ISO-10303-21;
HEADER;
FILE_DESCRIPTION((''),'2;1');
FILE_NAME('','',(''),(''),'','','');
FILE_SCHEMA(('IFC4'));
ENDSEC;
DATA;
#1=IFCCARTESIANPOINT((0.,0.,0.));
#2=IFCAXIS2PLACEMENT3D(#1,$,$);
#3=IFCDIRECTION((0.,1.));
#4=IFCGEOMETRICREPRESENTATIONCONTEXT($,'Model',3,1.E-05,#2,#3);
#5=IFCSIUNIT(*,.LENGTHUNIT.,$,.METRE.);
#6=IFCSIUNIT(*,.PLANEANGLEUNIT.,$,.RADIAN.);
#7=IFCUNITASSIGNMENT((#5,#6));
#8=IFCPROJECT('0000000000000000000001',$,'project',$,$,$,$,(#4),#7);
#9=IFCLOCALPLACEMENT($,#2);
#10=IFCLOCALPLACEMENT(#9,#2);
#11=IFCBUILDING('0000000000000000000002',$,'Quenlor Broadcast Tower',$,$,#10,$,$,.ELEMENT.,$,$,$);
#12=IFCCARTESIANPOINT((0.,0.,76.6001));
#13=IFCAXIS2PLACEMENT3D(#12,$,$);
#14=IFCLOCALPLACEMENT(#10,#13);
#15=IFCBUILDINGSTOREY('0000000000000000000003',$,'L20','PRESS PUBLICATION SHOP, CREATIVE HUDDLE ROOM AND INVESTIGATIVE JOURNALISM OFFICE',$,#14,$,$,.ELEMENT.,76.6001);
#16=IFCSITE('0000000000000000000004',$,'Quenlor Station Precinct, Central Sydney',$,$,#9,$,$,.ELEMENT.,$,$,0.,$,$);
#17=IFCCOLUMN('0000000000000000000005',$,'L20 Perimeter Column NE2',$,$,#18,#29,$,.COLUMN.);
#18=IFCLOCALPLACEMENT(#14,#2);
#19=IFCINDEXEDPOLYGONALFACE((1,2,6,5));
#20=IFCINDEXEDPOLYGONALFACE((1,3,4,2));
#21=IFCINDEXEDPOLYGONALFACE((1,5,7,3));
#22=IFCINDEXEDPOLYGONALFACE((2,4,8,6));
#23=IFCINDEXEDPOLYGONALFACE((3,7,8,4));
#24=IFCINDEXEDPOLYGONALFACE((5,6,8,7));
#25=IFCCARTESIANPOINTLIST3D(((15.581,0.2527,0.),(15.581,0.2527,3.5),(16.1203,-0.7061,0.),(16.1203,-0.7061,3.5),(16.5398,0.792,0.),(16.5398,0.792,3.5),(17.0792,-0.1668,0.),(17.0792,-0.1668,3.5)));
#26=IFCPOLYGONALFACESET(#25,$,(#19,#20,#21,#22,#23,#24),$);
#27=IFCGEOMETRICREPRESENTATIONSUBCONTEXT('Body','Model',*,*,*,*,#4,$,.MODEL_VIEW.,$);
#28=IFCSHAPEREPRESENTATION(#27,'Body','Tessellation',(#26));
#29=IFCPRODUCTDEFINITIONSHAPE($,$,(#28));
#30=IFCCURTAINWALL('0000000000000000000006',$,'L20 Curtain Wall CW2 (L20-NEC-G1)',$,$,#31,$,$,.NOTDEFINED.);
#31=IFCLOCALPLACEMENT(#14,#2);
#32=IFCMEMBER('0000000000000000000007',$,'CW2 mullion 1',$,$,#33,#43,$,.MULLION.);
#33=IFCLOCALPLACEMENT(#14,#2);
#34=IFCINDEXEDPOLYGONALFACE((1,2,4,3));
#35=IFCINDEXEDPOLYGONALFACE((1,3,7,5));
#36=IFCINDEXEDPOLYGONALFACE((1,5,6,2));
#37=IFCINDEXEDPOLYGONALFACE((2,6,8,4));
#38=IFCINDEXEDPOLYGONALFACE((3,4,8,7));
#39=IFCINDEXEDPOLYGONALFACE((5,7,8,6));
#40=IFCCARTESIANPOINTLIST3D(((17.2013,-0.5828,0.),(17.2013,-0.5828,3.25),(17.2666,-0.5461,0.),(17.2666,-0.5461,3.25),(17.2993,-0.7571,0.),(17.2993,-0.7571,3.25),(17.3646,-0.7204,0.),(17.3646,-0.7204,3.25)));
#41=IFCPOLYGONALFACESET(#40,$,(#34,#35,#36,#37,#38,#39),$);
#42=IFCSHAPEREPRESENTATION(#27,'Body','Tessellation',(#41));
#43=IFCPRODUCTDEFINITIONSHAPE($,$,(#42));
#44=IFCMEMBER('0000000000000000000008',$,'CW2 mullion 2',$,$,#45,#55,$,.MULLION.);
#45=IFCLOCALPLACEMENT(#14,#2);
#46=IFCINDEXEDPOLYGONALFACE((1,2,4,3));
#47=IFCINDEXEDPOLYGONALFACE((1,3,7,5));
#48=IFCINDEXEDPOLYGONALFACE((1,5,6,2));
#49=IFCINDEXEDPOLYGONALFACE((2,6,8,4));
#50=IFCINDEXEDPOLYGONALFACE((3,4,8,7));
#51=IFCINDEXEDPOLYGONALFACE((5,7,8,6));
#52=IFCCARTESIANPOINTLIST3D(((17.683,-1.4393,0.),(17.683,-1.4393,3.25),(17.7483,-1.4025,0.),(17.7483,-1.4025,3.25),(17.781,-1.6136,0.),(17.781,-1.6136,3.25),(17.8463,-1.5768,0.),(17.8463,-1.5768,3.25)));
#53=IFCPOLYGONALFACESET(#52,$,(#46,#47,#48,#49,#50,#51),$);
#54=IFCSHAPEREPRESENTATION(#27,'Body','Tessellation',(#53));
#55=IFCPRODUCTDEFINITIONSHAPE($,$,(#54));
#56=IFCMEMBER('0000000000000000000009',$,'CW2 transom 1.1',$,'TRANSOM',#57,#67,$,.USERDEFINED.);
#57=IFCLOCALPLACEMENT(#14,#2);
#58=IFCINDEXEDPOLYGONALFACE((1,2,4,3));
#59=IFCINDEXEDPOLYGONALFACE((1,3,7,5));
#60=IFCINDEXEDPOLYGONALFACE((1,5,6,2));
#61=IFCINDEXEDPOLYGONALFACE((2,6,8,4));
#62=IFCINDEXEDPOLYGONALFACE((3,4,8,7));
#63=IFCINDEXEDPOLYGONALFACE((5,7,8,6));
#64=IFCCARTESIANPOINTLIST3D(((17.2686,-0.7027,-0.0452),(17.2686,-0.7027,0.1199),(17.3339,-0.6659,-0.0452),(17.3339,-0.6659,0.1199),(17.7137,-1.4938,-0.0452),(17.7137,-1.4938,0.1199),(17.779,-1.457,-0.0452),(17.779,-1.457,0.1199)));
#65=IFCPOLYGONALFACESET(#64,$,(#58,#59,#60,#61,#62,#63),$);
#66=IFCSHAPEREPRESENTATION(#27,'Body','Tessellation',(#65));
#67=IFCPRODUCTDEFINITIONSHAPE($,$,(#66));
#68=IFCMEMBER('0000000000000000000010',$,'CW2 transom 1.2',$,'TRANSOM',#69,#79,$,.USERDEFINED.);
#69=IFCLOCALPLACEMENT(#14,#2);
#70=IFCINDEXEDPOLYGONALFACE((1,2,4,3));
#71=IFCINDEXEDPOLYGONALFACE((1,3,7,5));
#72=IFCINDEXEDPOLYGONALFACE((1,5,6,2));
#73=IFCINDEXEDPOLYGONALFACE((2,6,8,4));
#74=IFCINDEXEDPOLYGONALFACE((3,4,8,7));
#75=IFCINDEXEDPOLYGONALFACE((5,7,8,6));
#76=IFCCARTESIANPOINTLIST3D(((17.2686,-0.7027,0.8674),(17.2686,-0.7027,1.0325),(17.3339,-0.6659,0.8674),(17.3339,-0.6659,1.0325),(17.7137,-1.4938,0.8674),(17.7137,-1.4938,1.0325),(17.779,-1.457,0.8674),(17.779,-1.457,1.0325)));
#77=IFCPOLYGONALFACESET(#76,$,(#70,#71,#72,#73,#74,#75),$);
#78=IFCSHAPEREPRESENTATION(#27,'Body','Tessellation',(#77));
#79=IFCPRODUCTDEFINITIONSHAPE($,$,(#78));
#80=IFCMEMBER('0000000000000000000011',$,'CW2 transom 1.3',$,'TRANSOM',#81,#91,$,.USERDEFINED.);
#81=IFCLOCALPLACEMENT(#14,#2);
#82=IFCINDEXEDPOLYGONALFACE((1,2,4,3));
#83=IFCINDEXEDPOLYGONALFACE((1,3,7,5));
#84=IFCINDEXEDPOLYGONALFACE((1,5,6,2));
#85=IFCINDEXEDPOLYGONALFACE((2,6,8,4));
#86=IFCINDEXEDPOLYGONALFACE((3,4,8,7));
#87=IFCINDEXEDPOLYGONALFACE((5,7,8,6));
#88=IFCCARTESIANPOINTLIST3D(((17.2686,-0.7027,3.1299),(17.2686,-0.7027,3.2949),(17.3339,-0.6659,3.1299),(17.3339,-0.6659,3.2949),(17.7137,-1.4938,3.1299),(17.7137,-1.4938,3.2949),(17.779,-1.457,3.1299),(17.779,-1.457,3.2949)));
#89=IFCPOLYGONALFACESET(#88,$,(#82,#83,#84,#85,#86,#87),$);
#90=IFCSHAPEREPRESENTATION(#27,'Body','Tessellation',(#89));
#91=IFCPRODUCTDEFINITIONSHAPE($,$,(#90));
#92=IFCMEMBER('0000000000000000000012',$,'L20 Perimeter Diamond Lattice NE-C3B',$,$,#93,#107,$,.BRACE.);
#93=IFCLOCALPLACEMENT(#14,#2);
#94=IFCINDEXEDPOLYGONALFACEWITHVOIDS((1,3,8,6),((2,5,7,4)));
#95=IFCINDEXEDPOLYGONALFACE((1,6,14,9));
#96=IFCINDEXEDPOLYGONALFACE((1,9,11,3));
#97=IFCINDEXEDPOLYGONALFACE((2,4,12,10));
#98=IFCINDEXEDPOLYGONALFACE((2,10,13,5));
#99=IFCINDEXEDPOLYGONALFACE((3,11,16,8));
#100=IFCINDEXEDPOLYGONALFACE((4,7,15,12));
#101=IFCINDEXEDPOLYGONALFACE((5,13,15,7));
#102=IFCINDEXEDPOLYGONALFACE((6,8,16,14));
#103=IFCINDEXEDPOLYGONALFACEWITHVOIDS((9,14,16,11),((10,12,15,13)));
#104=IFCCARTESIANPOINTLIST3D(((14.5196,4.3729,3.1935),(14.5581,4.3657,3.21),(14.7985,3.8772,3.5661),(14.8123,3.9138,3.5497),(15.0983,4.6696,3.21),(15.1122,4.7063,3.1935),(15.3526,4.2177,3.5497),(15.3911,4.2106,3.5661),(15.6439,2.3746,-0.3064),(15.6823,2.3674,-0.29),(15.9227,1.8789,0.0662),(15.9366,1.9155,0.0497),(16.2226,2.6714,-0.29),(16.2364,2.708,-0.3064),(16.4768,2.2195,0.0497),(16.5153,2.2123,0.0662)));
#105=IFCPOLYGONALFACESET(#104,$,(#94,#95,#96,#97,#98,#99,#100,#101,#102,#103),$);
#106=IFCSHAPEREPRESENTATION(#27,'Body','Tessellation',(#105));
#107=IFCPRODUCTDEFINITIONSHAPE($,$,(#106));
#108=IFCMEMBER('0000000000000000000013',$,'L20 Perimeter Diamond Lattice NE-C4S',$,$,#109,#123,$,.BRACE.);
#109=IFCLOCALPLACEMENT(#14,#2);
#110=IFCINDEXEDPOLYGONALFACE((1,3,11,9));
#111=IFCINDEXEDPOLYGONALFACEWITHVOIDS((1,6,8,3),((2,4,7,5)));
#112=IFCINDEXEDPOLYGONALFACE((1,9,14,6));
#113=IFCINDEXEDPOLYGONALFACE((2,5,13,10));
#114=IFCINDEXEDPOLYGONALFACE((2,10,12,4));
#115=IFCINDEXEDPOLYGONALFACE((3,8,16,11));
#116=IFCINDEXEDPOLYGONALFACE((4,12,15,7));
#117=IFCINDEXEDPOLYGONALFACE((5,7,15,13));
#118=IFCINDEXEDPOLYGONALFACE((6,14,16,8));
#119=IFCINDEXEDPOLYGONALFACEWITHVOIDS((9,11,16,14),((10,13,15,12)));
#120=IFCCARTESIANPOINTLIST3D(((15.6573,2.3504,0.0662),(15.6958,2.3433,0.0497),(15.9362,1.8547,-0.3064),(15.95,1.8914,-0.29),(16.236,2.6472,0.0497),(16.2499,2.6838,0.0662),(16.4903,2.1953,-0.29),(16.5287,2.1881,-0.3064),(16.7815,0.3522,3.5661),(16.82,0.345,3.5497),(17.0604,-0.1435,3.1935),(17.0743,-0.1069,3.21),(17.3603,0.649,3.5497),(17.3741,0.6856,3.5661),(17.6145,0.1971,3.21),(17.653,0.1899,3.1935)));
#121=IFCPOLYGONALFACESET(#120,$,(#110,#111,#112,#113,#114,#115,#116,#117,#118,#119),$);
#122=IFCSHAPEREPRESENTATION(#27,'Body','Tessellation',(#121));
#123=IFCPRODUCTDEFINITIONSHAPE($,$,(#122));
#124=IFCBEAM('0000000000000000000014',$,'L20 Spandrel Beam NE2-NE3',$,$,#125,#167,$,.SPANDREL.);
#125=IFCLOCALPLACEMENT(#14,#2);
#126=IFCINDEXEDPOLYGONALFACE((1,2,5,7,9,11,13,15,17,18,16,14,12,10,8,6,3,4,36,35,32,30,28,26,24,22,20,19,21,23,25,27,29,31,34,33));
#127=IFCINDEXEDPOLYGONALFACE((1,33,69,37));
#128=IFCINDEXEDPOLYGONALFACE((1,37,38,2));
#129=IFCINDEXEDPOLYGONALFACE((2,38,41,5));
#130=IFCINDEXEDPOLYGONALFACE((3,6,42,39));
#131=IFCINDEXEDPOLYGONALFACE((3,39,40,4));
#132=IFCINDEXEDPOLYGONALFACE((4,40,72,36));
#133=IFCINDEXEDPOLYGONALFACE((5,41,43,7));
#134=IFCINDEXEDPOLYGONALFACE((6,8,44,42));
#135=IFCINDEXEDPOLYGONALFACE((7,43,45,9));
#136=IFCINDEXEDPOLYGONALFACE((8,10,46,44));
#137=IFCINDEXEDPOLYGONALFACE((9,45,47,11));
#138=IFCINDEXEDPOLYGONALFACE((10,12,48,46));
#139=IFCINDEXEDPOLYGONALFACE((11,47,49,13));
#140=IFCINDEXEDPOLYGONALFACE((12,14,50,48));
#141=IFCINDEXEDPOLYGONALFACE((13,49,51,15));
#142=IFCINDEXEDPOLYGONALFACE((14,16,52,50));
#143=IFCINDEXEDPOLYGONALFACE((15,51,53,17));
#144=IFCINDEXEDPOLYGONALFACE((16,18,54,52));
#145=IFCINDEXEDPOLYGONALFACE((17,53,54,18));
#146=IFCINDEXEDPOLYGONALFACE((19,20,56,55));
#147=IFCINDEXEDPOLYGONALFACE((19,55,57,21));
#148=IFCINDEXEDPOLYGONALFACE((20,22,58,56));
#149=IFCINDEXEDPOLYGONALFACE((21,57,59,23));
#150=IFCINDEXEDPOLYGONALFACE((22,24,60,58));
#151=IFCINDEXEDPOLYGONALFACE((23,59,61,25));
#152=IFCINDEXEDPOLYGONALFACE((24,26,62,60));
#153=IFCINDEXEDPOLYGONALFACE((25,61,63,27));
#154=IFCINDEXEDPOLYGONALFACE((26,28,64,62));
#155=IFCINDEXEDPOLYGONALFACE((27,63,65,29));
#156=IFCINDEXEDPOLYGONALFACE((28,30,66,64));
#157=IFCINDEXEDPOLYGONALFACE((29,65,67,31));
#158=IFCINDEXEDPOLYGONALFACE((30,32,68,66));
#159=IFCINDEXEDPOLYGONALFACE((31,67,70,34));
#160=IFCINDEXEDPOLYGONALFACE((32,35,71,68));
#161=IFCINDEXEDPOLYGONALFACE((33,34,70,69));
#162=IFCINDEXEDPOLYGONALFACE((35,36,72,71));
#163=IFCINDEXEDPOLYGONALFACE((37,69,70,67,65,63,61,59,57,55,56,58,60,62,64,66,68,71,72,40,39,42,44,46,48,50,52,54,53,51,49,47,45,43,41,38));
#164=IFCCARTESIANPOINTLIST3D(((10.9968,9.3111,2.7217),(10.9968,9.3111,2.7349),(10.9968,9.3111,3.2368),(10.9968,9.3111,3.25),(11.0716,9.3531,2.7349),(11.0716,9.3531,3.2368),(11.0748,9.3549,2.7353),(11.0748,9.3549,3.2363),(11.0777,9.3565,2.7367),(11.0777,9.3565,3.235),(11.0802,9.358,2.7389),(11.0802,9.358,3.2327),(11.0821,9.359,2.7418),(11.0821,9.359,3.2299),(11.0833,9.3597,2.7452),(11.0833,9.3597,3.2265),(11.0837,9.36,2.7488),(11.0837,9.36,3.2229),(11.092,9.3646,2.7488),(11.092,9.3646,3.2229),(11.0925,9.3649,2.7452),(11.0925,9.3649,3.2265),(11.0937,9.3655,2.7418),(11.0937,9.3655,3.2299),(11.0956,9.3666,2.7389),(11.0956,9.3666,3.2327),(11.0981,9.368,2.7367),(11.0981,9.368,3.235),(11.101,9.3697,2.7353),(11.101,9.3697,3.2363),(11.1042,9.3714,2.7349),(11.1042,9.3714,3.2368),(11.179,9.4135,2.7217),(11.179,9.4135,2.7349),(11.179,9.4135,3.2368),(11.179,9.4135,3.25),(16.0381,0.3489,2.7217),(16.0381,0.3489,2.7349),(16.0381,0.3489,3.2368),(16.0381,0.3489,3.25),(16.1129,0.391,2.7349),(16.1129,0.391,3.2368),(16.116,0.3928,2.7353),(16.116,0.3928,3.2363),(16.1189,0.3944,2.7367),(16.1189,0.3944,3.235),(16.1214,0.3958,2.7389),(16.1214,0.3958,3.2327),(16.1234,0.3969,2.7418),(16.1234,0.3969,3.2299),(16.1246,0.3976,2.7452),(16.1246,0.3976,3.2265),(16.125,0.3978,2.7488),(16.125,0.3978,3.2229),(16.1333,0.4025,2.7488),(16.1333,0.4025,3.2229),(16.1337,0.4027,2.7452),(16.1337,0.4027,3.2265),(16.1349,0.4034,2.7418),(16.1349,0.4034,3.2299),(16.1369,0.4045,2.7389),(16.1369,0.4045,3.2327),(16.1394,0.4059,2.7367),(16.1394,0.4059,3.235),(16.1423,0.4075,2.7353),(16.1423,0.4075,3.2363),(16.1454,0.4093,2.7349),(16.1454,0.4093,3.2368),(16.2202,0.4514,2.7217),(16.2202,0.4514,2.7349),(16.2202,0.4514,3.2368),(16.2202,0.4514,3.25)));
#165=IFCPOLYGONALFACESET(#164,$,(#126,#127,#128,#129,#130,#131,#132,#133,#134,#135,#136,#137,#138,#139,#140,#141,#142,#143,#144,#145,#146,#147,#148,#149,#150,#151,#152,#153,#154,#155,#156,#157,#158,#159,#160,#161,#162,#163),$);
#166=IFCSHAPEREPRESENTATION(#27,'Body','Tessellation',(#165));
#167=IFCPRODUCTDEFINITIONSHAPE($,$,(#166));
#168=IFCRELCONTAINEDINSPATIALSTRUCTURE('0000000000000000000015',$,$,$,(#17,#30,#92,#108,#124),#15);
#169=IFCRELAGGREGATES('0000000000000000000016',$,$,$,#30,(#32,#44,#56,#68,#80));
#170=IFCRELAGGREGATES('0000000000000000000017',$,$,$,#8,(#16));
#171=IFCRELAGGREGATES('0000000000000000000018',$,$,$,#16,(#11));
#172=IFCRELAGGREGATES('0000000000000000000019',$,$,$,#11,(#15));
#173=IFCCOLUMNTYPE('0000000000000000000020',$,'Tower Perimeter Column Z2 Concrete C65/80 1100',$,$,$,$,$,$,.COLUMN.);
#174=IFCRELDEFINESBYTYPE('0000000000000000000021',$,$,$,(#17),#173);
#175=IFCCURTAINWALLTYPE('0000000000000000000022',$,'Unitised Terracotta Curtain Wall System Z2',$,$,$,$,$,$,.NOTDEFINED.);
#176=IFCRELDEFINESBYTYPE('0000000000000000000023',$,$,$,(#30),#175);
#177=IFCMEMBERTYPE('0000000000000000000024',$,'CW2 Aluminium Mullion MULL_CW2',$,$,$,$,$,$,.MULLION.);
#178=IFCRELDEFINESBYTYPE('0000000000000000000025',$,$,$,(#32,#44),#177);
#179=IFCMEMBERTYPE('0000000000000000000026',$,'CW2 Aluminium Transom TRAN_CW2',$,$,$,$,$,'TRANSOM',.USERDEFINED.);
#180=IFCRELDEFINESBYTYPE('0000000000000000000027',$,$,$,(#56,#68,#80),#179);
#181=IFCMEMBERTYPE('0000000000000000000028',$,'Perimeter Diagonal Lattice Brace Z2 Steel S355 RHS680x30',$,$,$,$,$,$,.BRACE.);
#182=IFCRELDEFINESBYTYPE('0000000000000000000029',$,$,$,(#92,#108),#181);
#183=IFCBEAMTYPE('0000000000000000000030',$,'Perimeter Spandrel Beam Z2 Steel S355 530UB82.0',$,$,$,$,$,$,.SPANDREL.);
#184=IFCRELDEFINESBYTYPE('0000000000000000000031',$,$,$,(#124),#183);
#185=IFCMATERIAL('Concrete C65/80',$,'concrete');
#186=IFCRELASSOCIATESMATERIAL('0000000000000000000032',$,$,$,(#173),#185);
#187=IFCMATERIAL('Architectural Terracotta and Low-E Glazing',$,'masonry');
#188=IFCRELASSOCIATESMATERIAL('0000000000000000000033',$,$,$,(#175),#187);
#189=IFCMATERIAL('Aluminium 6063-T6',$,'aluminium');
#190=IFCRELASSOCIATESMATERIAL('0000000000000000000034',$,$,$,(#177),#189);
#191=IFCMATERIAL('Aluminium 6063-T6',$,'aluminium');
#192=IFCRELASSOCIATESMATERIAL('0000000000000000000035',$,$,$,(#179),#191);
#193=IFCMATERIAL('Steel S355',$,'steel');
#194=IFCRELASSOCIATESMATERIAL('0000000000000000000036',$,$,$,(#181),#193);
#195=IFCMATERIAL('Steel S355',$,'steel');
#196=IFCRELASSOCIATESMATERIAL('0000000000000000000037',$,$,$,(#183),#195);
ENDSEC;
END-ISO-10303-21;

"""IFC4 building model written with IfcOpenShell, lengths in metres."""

from ifc_helpers import new_model, si_unit, direction, frame, origin, origin_2d, place, context, subcontext, project, spatial, rectangle, hollow_rectangle, i_section, extrude, material, material_profile, profile_set, type_object, element, aggregate, save


model = new_model("IFC4")

# Units and contexts
model_context = context("Model", 3, precision=1e-05, world=origin(), true_north=direction((0.0, 1.0)))
body_context = subcontext(model_context, "Body", "Model", "MODEL_VIEW")
ifc_project = project(units=[si_unit("LENGTHUNIT", "METRE"), si_unit("PLANEANGLEUNIT", "RADIAN")], contexts=[model_context])

# Site, building, storey
site_placement = place(None, origin())
site = spatial("IfcSite", under=ifc_project, at=site_placement, Name="Quenlor Station Precinct, Central Sydney", CompositionType="ELEMENT", RefElevation=0.0)
building_placement = place(site_placement, origin())
building = spatial("IfcBuilding", under=site, at=building_placement, Name="Quenlor Broadcast Tower", CompositionType="ELEMENT")
storey_placement = place(building_placement, frame((0.0, 0.0, 76.6001)))
storey = spatial("IfcBuildingStorey", under=building, at=storey_placement, Name="L20", Description="PRESS PUBLICATION SHOP, CREATIVE HUDDLE ROOM AND INVESTIGATIVE JOURNALISM OFFICE", CompositionType="ELEMENT", Elevation=76.6001)

# Column
ifc_material_1 = material(Name="Concrete C65/80", Category="concrete")
ifc_material_profile_1 = material_profile(ifc_material_1, rectangle(XDim=1.1001, YDim=1.1001, at=origin_2d()))
ifc_profile_set_1 = profile_set([ifc_material_profile_1], Name="Concrete C65/80 RC1100x1100")
column_type = type_object("IfcColumnType", Name="Tower Perimeter Column Z2 Concrete C65/80 1100", PredefinedType="COLUMN", material=ifc_profile_set_1)
column_placement = place(storey_placement, frame((16.3301, 0.043, 0.0), z_axis=(0.0, 0.0, 1.0), x_axis=(0.871575, 0.490262, 0.0)))
element("IfcColumn", 1, at=column_placement, inside=storey, type_object=column_type, Name="L20 Perimeter Column NE2", PredefinedType="COLUMN", context=body_context, shape_type="SweptSolid", body=[
    extrude(rectangle(XDim=1.1001, YDim=1.1001, at=origin_2d()), origin(), (0.0, 0.0, 1.0), 3.5),
])

# Curtain wall, members
ifc_material_2 = material(Name="Architectural Terracotta and Low-E Glazing", Category="masonry")
curtain_wall_type = type_object("IfcCurtainWallType", Name="Unitised Terracotta Curtain Wall System Z2", PredefinedType="NOTDEFINED", material=ifc_material_2)
curtain_wall_placement = place(storey_placement, origin())
curtain_wall = element("IfcCurtainWall", 2, at=curtain_wall_placement, inside=storey, type_object=curtain_wall_type, Name="L20 Curtain Wall CW2 (L20-NEC-G1)", PredefinedType="NOTDEFINED")
ifc_material_3 = material(Name="Aluminium 6063-T6", Category="aluminium")
ifc_material_profile_2 = material_profile(ifc_material_3, rectangle(XDim=0.075, YDim=0.2, at=origin_2d()))
ifc_profile_set_2 = profile_set([ifc_material_profile_2], Name="Aluminium 6063-T6 MULL75x200")
member_type_1 = type_object("IfcMemberType", Name="CW2 Aluminium Mullion MULL_CW2", PredefinedType="MULLION", material=ifc_profile_set_2)
member_1_placement = place(storey_placement, frame((17.283, -0.6516, 0.0), z_axis=(0.0, 0.0, 1.0), x_axis=(0.871581, 0.490252, 0.0)))
member_1 = element("IfcMember", 3, at=member_1_placement, type_object=member_type_1, Name="CW2 mullion 1", PredefinedType="MULLION", context=body_context, shape_type="SweptSolid", body=[
    extrude(rectangle(XDim=0.075, YDim=0.2, at=origin_2d()), origin(), (0.0, 0.0, 1.0), 3.25),
])
member_2_placement = place(storey_placement, frame((17.7646, -1.5081, 0.0), z_axis=(0.0, 0.0, 1.0), x_axis=(0.871581, 0.490252, 0.0)))
member_2 = element("IfcMember", 4, at=member_2_placement, type_object=member_type_1, Name="CW2 mullion 2", PredefinedType="MULLION", context=body_context, shape_type="SweptSolid", body=[
    extrude(rectangle(XDim=0.075, YDim=0.2, at=origin_2d()), origin(), (0.0, 0.0, 1.0), 3.25),
])
ifc_material_4 = material(Name="Aluminium 6063-T6", Category="aluminium")
ifc_material_profile_3 = material_profile(ifc_material_4, rectangle(XDim=0.075, YDim=0.165, at=origin_2d()))
ifc_profile_set_3 = profile_set([ifc_material_profile_3], Name="Aluminium 6063-T6 TRAN75x165")
member_type_2 = type_object("IfcMemberType", Name="CW2 Aluminium Transom TRAN_CW2", ElementType="TRANSOM", PredefinedType="USERDEFINED", material=ifc_profile_set_3)
member_3_placement = place(storey_placement, frame((17.3013, -0.6843, 0.0374), z_axis=(0.490363, -0.871518, 0.0), x_axis=(0.871518, 0.490363, 0.0)))
member_3 = element("IfcMember", 5, at=member_3_placement, type_object=member_type_2, Name="CW2 transom 1.1", ObjectType="TRANSOM", PredefinedType="USERDEFINED", context=body_context, shape_type="SweptSolid", body=[
    extrude(rectangle(XDim=0.075, YDim=0.165, at=origin_2d()), origin(), (0.0, 0.0, 1.0), 0.9077),
])
member_4_placement = place(storey_placement, frame((17.3013, -0.6843, 0.95), z_axis=(0.490363, -0.871518, 0.0), x_axis=(0.871518, 0.490363, 0.0)))
member_4 = element("IfcMember", 6, at=member_4_placement, type_object=member_type_2, Name="CW2 transom 1.2", ObjectType="TRANSOM", PredefinedType="USERDEFINED", context=body_context, shape_type="SweptSolid", body=[
    extrude(rectangle(XDim=0.075, YDim=0.165, at=origin_2d()), origin(), (0.0, 0.0, 1.0), 0.9077),
])
member_5_placement = place(storey_placement, frame((17.3013, -0.6843, 3.2124), z_axis=(0.490363, -0.871518, 0.0), x_axis=(0.871518, 0.490363, 0.0)))
member_5 = element("IfcMember", 7, at=member_5_placement, type_object=member_type_2, Name="CW2 transom 1.3", ObjectType="TRANSOM", PredefinedType="USERDEFINED", context=body_context, shape_type="SweptSolid", body=[
    extrude(rectangle(XDim=0.075, YDim=0.165, at=origin_2d()), origin(), (0.0, 0.0, 1.0), 0.9077),
])

# Members
ifc_material_5 = material(Name="Steel S355", Category="steel")
ifc_material_profile_4 = material_profile(ifc_material_5, hollow_rectangle(XDim=0.6799, YDim=0.6799, WallThickness=0.03, at=origin_2d()))
ifc_profile_set_4 = profile_set([ifc_material_profile_4], Name="Steel S355 RHS680x680x30")
member_type_3 = type_object("IfcMemberType", Name="Perimeter Diagonal Lattice Brace Z2 Steel S355 RHS680x30", PredefinedType="BRACE", material=ifc_profile_set_4)
for number, where, z_axis, x_axis, name in (
    (8, (16.0796, 2.2935, -0.1201), (-0.268697, 0.477585, 0.836489), (-0.871533, -0.490337, 0.0), "L20 Perimeter Diamond Lattice NE-C3B"),
    (9, (16.093, 2.2693, -0.1201), (0.268697, -0.477585, 0.836489), (0.871533, 0.490337, 0.0), "L20 Perimeter Diamond Lattice NE-C4S"),
):
    element("IfcMember", number, at=place(storey_placement, frame(where, z_axis=z_axis, x_axis=x_axis)), inside=storey, type_object=member_type_3, Name=name, PredefinedType="BRACE", context=body_context, shape_type="SweptSolid", body=[
        extrude(hollow_rectangle(XDim=0.6799, YDim=0.6799, WallThickness=0.03, at=origin_2d()), origin(), (0.0, 0.0, 1.0), 4.1841),
    ])

# Beam
ifc_material_6 = material(Name="Steel S355", Category="steel")
ifc_material_profile_5 = material_profile(ifc_material_6, i_section(OverallWidth=0.209, OverallDepth=0.5283, WebThickness=0.0095, FlangeThickness=0.0132, FilletRadius=0.0139, at=origin_2d()))
ifc_profile_set_5 = profile_set([ifc_material_profile_5], Name="Steel S355 530UB82.0")
beam_type_1 = type_object("IfcBeamType", Name="Perimeter Spandrel Beam Z2 Steel S355 530UB82.0", PredefinedType="SPANDREL", material=ifc_profile_set_5)
beam_1_placement = place(storey_placement, frame((16.1292, 0.4001, 2.9858), z_axis=(-0.490265, 0.871574, 0.0), x_axis=(-0.871574, -0.490265, 0.0)))
element("IfcBeam", 10, at=beam_1_placement, inside=storey, type_object=beam_type_1, Name="L20 Spandrel Beam NE2-NE3", PredefinedType="SPANDREL", context=body_context, shape_type="SweptSolid", body=[
    extrude(i_section(OverallWidth=0.209, OverallDepth=0.5283, WebThickness=0.0095, FlangeThickness=0.0132, FilletRadius=0.0139, at=origin_2d()), origin(), (0.0, 0.0, 1.0), 10.2827),
])

aggregate(curtain_wall, [member_1, member_2, member_3, member_4, member_5])

save(model, "model.ifc")
